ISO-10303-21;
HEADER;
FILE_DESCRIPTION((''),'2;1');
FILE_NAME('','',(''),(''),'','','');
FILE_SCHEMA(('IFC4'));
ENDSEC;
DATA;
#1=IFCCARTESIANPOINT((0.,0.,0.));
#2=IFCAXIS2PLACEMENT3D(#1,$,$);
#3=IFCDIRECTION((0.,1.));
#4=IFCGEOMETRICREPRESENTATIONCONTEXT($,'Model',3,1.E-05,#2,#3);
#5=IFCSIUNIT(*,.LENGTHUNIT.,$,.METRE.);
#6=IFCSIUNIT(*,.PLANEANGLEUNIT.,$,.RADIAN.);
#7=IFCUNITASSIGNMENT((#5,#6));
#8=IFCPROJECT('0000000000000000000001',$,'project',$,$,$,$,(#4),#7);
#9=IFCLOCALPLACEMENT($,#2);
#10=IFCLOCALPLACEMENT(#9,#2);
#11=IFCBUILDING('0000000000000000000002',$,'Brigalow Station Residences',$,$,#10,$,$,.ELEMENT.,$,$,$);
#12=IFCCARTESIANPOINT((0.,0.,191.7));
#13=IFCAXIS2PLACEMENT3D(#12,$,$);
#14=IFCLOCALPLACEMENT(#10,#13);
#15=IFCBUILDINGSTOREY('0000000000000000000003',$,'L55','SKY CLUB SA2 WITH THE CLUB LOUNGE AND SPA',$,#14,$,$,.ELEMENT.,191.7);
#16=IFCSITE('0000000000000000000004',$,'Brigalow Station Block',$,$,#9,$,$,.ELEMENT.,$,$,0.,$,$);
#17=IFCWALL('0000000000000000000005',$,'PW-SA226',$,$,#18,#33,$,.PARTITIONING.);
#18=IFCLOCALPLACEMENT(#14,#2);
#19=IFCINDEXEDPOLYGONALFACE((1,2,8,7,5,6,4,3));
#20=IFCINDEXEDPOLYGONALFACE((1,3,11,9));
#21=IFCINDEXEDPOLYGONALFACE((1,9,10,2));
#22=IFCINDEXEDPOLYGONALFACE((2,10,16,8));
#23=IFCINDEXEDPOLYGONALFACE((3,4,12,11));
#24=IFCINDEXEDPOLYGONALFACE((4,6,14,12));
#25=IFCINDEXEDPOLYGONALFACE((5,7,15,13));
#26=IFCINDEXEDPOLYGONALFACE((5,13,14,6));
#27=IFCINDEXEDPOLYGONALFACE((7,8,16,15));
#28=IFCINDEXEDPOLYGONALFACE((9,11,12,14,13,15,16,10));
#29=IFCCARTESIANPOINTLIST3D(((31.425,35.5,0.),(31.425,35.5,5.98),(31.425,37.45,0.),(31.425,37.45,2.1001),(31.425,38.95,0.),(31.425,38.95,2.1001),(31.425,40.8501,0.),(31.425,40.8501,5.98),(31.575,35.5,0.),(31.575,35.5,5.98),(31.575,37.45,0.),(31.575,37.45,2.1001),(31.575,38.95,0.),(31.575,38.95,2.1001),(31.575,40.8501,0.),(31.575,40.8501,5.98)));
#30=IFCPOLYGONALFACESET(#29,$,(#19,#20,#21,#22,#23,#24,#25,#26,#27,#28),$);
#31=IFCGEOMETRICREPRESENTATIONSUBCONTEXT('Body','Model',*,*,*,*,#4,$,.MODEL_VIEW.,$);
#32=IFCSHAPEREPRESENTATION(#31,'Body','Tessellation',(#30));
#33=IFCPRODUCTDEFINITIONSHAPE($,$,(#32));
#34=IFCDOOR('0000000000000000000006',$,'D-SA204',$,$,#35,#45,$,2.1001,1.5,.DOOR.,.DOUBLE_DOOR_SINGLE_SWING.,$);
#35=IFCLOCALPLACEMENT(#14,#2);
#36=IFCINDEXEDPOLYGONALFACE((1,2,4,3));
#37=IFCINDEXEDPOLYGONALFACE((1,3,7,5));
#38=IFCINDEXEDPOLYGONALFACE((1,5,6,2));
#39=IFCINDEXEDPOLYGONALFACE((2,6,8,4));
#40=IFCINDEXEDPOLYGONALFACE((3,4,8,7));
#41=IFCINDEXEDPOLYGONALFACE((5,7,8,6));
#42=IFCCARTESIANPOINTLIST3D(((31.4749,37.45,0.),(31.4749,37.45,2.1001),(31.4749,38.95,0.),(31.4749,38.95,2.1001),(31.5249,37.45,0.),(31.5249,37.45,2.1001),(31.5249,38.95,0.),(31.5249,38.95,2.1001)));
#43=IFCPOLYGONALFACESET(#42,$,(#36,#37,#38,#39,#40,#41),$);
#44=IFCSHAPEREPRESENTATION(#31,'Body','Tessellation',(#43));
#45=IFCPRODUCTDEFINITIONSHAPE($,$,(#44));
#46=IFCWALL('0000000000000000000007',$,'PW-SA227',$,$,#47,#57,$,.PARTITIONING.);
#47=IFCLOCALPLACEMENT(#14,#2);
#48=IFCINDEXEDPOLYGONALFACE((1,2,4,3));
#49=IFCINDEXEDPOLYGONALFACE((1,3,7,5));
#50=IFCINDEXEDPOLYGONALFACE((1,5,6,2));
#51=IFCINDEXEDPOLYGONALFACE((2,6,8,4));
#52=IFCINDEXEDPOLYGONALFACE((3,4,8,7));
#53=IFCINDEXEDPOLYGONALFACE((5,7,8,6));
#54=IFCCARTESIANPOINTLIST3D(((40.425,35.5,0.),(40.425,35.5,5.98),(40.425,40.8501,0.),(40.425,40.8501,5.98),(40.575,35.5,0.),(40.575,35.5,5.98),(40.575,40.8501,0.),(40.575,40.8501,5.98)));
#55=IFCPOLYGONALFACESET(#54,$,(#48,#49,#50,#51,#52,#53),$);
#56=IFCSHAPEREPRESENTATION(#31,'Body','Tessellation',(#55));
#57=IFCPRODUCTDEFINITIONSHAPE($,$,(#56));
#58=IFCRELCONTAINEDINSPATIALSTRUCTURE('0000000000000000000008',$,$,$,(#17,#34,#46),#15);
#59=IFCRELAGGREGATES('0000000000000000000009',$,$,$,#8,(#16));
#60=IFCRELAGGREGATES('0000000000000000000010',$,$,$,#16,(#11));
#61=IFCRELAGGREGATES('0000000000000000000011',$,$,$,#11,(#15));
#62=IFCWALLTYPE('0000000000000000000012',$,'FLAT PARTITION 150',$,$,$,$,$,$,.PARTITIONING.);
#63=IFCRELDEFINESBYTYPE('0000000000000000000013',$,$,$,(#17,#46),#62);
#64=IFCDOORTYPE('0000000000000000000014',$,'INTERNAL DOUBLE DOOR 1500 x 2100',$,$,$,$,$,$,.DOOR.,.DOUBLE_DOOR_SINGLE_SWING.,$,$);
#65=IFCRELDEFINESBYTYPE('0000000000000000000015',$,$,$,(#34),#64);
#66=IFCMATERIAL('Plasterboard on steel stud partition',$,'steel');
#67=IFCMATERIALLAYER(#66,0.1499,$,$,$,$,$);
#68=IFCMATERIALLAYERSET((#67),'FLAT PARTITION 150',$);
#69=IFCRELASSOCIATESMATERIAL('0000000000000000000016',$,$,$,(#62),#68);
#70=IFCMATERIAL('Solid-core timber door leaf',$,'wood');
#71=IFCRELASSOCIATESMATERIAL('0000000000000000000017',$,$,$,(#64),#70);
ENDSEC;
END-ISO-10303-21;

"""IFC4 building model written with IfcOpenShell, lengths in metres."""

from ifc_helpers import new_model, si_unit, direction, frame, frame_2d, origin, place, context, subcontext, project, spatial, rectangle, extrude, material, layer, layer_set, type_object, element, fill, save


model = new_model("IFC4")

# Units and contexts
model_context = context("Model", 3, precision=1e-05, world=origin(), true_north=direction((0.0, 1.0)))
body_context = subcontext(model_context, "Body", "Model", "MODEL_VIEW")
ifc_project = project(units=[si_unit("LENGTHUNIT", "METRE"), si_unit("PLANEANGLEUNIT", "RADIAN")], contexts=[model_context])

# Site, building, storey
site_placement = place(None, origin())
site = spatial("IfcSite", under=ifc_project, at=site_placement, Name="Brigalow Station Block", CompositionType="ELEMENT", RefElevation=0.0)
building_placement = place(site_placement, origin())
building = spatial("IfcBuilding", under=site, at=building_placement, Name="Brigalow Station Residences", CompositionType="ELEMENT")
storey_placement = place(building_placement, frame((0.0, 0.0, 191.7)))
storey = spatial("IfcBuildingStorey", under=building, at=storey_placement, Name="L55", Description="SKY CLUB SA2 WITH THE CLUB LOUNGE AND SPA", CompositionType="ELEMENT", Elevation=191.7)

# Wall, opening, door
ifc_material_1 = material(Name="Plasterboard on steel stud partition", Category="steel")
ifc_layer_1 = layer(ifc_material_1, 0.1499)
ifc_layer_set_1 = layer_set([ifc_layer_1], Name="FLAT PARTITION 150")
wall_type = type_object("IfcWallType", Name="FLAT PARTITION 150", PredefinedType="PARTITIONING", material=ifc_layer_set_1)
wall_1_placement = place(storey_placement, frame((31.5, 35.5, 0.0), z_axis=(0.0, 0.0, 1.0), x_axis=(0.0, 1.0, 0.0)))
wall_1 = element("IfcWall", 1, at=wall_1_placement, inside=storey, type_object=wall_type, Name="PW-SA226", PredefinedType="PARTITIONING", context=body_context, shape_type="SweptSolid", body=[
    extrude(rectangle(XDim=5.3501, YDim=0.1499, at=frame_2d((2.675, 0.0))), origin(), (0.0, 0.0, 1.0), 5.98),
])
opening_1_placement = place(wall_1_placement, frame((1.95, 0.0, 0.0)))
opening_1 = element("IfcOpeningElement", 2, at=opening_1_placement, cuts=wall_1, PredefinedType="OPENING", context=body_context, shape_type="SweptSolid", body=[
    extrude(rectangle(XDim=1.5, YDim=2.1001, at=frame_2d((0.75, 1.05))), frame((0.0, 0.085, 0.0), z_axis=(0.0, -1.0, 0.0), x_axis=(1.0, 0.0, 0.0)), (0.0, 0.0, 1.0), 0.1699),
])
ifc_material_2 = material(Name="Solid-core timber door leaf", Category="wood")
door_type_1 = type_object("IfcDoorType", Name="INTERNAL DOUBLE DOOR 1500 x 2100", OperationType="DOUBLE_DOOR_SINGLE_SWING", PredefinedType="DOOR", material=ifc_material_2)
door_1_placement = place(opening_1_placement, frame((1.5, 0.0, 0.0), z_axis=(0.0, 0.0, 1.0), x_axis=(-1.0, 0.0, 0.0)))
door_1 = element("IfcDoor", 3, at=door_1_placement, inside=storey, type_object=door_type_1, Name="D-SA204", OperationType="DOUBLE_DOOR_SINGLE_SWING", OverallHeight=2.1001, OverallWidth=1.5, PredefinedType="DOOR", context=body_context, shape_type="SweptSolid", body=[
    extrude(rectangle(XDim=1.5, YDim=2.1001, at=frame_2d((0.75, 1.05))), frame((0.0, 0.0249, 0.0), z_axis=(0.0, -1.0, 0.0), x_axis=(1.0, 0.0, 0.0)), (0.0, 0.0, 1.0), 0.05),
])
fill(opening_1, door_1)

# Wall
wall_2_placement = place(storey_placement, frame((40.5, 35.5, 0.0), z_axis=(0.0, 0.0, 1.0), x_axis=(0.0, 1.0, 0.0)))
element("IfcWall", 4, at=wall_2_placement, inside=storey, type_object=wall_type, Name="PW-SA227", PredefinedType="PARTITIONING", context=body_context, shape_type="SweptSolid", body=[
    extrude(rectangle(XDim=5.3501, YDim=0.1499, at=frame_2d((2.675, 0.0))), origin(), (0.0, 0.0, 1.0), 5.98),
])

save(model, "model.ifc")
